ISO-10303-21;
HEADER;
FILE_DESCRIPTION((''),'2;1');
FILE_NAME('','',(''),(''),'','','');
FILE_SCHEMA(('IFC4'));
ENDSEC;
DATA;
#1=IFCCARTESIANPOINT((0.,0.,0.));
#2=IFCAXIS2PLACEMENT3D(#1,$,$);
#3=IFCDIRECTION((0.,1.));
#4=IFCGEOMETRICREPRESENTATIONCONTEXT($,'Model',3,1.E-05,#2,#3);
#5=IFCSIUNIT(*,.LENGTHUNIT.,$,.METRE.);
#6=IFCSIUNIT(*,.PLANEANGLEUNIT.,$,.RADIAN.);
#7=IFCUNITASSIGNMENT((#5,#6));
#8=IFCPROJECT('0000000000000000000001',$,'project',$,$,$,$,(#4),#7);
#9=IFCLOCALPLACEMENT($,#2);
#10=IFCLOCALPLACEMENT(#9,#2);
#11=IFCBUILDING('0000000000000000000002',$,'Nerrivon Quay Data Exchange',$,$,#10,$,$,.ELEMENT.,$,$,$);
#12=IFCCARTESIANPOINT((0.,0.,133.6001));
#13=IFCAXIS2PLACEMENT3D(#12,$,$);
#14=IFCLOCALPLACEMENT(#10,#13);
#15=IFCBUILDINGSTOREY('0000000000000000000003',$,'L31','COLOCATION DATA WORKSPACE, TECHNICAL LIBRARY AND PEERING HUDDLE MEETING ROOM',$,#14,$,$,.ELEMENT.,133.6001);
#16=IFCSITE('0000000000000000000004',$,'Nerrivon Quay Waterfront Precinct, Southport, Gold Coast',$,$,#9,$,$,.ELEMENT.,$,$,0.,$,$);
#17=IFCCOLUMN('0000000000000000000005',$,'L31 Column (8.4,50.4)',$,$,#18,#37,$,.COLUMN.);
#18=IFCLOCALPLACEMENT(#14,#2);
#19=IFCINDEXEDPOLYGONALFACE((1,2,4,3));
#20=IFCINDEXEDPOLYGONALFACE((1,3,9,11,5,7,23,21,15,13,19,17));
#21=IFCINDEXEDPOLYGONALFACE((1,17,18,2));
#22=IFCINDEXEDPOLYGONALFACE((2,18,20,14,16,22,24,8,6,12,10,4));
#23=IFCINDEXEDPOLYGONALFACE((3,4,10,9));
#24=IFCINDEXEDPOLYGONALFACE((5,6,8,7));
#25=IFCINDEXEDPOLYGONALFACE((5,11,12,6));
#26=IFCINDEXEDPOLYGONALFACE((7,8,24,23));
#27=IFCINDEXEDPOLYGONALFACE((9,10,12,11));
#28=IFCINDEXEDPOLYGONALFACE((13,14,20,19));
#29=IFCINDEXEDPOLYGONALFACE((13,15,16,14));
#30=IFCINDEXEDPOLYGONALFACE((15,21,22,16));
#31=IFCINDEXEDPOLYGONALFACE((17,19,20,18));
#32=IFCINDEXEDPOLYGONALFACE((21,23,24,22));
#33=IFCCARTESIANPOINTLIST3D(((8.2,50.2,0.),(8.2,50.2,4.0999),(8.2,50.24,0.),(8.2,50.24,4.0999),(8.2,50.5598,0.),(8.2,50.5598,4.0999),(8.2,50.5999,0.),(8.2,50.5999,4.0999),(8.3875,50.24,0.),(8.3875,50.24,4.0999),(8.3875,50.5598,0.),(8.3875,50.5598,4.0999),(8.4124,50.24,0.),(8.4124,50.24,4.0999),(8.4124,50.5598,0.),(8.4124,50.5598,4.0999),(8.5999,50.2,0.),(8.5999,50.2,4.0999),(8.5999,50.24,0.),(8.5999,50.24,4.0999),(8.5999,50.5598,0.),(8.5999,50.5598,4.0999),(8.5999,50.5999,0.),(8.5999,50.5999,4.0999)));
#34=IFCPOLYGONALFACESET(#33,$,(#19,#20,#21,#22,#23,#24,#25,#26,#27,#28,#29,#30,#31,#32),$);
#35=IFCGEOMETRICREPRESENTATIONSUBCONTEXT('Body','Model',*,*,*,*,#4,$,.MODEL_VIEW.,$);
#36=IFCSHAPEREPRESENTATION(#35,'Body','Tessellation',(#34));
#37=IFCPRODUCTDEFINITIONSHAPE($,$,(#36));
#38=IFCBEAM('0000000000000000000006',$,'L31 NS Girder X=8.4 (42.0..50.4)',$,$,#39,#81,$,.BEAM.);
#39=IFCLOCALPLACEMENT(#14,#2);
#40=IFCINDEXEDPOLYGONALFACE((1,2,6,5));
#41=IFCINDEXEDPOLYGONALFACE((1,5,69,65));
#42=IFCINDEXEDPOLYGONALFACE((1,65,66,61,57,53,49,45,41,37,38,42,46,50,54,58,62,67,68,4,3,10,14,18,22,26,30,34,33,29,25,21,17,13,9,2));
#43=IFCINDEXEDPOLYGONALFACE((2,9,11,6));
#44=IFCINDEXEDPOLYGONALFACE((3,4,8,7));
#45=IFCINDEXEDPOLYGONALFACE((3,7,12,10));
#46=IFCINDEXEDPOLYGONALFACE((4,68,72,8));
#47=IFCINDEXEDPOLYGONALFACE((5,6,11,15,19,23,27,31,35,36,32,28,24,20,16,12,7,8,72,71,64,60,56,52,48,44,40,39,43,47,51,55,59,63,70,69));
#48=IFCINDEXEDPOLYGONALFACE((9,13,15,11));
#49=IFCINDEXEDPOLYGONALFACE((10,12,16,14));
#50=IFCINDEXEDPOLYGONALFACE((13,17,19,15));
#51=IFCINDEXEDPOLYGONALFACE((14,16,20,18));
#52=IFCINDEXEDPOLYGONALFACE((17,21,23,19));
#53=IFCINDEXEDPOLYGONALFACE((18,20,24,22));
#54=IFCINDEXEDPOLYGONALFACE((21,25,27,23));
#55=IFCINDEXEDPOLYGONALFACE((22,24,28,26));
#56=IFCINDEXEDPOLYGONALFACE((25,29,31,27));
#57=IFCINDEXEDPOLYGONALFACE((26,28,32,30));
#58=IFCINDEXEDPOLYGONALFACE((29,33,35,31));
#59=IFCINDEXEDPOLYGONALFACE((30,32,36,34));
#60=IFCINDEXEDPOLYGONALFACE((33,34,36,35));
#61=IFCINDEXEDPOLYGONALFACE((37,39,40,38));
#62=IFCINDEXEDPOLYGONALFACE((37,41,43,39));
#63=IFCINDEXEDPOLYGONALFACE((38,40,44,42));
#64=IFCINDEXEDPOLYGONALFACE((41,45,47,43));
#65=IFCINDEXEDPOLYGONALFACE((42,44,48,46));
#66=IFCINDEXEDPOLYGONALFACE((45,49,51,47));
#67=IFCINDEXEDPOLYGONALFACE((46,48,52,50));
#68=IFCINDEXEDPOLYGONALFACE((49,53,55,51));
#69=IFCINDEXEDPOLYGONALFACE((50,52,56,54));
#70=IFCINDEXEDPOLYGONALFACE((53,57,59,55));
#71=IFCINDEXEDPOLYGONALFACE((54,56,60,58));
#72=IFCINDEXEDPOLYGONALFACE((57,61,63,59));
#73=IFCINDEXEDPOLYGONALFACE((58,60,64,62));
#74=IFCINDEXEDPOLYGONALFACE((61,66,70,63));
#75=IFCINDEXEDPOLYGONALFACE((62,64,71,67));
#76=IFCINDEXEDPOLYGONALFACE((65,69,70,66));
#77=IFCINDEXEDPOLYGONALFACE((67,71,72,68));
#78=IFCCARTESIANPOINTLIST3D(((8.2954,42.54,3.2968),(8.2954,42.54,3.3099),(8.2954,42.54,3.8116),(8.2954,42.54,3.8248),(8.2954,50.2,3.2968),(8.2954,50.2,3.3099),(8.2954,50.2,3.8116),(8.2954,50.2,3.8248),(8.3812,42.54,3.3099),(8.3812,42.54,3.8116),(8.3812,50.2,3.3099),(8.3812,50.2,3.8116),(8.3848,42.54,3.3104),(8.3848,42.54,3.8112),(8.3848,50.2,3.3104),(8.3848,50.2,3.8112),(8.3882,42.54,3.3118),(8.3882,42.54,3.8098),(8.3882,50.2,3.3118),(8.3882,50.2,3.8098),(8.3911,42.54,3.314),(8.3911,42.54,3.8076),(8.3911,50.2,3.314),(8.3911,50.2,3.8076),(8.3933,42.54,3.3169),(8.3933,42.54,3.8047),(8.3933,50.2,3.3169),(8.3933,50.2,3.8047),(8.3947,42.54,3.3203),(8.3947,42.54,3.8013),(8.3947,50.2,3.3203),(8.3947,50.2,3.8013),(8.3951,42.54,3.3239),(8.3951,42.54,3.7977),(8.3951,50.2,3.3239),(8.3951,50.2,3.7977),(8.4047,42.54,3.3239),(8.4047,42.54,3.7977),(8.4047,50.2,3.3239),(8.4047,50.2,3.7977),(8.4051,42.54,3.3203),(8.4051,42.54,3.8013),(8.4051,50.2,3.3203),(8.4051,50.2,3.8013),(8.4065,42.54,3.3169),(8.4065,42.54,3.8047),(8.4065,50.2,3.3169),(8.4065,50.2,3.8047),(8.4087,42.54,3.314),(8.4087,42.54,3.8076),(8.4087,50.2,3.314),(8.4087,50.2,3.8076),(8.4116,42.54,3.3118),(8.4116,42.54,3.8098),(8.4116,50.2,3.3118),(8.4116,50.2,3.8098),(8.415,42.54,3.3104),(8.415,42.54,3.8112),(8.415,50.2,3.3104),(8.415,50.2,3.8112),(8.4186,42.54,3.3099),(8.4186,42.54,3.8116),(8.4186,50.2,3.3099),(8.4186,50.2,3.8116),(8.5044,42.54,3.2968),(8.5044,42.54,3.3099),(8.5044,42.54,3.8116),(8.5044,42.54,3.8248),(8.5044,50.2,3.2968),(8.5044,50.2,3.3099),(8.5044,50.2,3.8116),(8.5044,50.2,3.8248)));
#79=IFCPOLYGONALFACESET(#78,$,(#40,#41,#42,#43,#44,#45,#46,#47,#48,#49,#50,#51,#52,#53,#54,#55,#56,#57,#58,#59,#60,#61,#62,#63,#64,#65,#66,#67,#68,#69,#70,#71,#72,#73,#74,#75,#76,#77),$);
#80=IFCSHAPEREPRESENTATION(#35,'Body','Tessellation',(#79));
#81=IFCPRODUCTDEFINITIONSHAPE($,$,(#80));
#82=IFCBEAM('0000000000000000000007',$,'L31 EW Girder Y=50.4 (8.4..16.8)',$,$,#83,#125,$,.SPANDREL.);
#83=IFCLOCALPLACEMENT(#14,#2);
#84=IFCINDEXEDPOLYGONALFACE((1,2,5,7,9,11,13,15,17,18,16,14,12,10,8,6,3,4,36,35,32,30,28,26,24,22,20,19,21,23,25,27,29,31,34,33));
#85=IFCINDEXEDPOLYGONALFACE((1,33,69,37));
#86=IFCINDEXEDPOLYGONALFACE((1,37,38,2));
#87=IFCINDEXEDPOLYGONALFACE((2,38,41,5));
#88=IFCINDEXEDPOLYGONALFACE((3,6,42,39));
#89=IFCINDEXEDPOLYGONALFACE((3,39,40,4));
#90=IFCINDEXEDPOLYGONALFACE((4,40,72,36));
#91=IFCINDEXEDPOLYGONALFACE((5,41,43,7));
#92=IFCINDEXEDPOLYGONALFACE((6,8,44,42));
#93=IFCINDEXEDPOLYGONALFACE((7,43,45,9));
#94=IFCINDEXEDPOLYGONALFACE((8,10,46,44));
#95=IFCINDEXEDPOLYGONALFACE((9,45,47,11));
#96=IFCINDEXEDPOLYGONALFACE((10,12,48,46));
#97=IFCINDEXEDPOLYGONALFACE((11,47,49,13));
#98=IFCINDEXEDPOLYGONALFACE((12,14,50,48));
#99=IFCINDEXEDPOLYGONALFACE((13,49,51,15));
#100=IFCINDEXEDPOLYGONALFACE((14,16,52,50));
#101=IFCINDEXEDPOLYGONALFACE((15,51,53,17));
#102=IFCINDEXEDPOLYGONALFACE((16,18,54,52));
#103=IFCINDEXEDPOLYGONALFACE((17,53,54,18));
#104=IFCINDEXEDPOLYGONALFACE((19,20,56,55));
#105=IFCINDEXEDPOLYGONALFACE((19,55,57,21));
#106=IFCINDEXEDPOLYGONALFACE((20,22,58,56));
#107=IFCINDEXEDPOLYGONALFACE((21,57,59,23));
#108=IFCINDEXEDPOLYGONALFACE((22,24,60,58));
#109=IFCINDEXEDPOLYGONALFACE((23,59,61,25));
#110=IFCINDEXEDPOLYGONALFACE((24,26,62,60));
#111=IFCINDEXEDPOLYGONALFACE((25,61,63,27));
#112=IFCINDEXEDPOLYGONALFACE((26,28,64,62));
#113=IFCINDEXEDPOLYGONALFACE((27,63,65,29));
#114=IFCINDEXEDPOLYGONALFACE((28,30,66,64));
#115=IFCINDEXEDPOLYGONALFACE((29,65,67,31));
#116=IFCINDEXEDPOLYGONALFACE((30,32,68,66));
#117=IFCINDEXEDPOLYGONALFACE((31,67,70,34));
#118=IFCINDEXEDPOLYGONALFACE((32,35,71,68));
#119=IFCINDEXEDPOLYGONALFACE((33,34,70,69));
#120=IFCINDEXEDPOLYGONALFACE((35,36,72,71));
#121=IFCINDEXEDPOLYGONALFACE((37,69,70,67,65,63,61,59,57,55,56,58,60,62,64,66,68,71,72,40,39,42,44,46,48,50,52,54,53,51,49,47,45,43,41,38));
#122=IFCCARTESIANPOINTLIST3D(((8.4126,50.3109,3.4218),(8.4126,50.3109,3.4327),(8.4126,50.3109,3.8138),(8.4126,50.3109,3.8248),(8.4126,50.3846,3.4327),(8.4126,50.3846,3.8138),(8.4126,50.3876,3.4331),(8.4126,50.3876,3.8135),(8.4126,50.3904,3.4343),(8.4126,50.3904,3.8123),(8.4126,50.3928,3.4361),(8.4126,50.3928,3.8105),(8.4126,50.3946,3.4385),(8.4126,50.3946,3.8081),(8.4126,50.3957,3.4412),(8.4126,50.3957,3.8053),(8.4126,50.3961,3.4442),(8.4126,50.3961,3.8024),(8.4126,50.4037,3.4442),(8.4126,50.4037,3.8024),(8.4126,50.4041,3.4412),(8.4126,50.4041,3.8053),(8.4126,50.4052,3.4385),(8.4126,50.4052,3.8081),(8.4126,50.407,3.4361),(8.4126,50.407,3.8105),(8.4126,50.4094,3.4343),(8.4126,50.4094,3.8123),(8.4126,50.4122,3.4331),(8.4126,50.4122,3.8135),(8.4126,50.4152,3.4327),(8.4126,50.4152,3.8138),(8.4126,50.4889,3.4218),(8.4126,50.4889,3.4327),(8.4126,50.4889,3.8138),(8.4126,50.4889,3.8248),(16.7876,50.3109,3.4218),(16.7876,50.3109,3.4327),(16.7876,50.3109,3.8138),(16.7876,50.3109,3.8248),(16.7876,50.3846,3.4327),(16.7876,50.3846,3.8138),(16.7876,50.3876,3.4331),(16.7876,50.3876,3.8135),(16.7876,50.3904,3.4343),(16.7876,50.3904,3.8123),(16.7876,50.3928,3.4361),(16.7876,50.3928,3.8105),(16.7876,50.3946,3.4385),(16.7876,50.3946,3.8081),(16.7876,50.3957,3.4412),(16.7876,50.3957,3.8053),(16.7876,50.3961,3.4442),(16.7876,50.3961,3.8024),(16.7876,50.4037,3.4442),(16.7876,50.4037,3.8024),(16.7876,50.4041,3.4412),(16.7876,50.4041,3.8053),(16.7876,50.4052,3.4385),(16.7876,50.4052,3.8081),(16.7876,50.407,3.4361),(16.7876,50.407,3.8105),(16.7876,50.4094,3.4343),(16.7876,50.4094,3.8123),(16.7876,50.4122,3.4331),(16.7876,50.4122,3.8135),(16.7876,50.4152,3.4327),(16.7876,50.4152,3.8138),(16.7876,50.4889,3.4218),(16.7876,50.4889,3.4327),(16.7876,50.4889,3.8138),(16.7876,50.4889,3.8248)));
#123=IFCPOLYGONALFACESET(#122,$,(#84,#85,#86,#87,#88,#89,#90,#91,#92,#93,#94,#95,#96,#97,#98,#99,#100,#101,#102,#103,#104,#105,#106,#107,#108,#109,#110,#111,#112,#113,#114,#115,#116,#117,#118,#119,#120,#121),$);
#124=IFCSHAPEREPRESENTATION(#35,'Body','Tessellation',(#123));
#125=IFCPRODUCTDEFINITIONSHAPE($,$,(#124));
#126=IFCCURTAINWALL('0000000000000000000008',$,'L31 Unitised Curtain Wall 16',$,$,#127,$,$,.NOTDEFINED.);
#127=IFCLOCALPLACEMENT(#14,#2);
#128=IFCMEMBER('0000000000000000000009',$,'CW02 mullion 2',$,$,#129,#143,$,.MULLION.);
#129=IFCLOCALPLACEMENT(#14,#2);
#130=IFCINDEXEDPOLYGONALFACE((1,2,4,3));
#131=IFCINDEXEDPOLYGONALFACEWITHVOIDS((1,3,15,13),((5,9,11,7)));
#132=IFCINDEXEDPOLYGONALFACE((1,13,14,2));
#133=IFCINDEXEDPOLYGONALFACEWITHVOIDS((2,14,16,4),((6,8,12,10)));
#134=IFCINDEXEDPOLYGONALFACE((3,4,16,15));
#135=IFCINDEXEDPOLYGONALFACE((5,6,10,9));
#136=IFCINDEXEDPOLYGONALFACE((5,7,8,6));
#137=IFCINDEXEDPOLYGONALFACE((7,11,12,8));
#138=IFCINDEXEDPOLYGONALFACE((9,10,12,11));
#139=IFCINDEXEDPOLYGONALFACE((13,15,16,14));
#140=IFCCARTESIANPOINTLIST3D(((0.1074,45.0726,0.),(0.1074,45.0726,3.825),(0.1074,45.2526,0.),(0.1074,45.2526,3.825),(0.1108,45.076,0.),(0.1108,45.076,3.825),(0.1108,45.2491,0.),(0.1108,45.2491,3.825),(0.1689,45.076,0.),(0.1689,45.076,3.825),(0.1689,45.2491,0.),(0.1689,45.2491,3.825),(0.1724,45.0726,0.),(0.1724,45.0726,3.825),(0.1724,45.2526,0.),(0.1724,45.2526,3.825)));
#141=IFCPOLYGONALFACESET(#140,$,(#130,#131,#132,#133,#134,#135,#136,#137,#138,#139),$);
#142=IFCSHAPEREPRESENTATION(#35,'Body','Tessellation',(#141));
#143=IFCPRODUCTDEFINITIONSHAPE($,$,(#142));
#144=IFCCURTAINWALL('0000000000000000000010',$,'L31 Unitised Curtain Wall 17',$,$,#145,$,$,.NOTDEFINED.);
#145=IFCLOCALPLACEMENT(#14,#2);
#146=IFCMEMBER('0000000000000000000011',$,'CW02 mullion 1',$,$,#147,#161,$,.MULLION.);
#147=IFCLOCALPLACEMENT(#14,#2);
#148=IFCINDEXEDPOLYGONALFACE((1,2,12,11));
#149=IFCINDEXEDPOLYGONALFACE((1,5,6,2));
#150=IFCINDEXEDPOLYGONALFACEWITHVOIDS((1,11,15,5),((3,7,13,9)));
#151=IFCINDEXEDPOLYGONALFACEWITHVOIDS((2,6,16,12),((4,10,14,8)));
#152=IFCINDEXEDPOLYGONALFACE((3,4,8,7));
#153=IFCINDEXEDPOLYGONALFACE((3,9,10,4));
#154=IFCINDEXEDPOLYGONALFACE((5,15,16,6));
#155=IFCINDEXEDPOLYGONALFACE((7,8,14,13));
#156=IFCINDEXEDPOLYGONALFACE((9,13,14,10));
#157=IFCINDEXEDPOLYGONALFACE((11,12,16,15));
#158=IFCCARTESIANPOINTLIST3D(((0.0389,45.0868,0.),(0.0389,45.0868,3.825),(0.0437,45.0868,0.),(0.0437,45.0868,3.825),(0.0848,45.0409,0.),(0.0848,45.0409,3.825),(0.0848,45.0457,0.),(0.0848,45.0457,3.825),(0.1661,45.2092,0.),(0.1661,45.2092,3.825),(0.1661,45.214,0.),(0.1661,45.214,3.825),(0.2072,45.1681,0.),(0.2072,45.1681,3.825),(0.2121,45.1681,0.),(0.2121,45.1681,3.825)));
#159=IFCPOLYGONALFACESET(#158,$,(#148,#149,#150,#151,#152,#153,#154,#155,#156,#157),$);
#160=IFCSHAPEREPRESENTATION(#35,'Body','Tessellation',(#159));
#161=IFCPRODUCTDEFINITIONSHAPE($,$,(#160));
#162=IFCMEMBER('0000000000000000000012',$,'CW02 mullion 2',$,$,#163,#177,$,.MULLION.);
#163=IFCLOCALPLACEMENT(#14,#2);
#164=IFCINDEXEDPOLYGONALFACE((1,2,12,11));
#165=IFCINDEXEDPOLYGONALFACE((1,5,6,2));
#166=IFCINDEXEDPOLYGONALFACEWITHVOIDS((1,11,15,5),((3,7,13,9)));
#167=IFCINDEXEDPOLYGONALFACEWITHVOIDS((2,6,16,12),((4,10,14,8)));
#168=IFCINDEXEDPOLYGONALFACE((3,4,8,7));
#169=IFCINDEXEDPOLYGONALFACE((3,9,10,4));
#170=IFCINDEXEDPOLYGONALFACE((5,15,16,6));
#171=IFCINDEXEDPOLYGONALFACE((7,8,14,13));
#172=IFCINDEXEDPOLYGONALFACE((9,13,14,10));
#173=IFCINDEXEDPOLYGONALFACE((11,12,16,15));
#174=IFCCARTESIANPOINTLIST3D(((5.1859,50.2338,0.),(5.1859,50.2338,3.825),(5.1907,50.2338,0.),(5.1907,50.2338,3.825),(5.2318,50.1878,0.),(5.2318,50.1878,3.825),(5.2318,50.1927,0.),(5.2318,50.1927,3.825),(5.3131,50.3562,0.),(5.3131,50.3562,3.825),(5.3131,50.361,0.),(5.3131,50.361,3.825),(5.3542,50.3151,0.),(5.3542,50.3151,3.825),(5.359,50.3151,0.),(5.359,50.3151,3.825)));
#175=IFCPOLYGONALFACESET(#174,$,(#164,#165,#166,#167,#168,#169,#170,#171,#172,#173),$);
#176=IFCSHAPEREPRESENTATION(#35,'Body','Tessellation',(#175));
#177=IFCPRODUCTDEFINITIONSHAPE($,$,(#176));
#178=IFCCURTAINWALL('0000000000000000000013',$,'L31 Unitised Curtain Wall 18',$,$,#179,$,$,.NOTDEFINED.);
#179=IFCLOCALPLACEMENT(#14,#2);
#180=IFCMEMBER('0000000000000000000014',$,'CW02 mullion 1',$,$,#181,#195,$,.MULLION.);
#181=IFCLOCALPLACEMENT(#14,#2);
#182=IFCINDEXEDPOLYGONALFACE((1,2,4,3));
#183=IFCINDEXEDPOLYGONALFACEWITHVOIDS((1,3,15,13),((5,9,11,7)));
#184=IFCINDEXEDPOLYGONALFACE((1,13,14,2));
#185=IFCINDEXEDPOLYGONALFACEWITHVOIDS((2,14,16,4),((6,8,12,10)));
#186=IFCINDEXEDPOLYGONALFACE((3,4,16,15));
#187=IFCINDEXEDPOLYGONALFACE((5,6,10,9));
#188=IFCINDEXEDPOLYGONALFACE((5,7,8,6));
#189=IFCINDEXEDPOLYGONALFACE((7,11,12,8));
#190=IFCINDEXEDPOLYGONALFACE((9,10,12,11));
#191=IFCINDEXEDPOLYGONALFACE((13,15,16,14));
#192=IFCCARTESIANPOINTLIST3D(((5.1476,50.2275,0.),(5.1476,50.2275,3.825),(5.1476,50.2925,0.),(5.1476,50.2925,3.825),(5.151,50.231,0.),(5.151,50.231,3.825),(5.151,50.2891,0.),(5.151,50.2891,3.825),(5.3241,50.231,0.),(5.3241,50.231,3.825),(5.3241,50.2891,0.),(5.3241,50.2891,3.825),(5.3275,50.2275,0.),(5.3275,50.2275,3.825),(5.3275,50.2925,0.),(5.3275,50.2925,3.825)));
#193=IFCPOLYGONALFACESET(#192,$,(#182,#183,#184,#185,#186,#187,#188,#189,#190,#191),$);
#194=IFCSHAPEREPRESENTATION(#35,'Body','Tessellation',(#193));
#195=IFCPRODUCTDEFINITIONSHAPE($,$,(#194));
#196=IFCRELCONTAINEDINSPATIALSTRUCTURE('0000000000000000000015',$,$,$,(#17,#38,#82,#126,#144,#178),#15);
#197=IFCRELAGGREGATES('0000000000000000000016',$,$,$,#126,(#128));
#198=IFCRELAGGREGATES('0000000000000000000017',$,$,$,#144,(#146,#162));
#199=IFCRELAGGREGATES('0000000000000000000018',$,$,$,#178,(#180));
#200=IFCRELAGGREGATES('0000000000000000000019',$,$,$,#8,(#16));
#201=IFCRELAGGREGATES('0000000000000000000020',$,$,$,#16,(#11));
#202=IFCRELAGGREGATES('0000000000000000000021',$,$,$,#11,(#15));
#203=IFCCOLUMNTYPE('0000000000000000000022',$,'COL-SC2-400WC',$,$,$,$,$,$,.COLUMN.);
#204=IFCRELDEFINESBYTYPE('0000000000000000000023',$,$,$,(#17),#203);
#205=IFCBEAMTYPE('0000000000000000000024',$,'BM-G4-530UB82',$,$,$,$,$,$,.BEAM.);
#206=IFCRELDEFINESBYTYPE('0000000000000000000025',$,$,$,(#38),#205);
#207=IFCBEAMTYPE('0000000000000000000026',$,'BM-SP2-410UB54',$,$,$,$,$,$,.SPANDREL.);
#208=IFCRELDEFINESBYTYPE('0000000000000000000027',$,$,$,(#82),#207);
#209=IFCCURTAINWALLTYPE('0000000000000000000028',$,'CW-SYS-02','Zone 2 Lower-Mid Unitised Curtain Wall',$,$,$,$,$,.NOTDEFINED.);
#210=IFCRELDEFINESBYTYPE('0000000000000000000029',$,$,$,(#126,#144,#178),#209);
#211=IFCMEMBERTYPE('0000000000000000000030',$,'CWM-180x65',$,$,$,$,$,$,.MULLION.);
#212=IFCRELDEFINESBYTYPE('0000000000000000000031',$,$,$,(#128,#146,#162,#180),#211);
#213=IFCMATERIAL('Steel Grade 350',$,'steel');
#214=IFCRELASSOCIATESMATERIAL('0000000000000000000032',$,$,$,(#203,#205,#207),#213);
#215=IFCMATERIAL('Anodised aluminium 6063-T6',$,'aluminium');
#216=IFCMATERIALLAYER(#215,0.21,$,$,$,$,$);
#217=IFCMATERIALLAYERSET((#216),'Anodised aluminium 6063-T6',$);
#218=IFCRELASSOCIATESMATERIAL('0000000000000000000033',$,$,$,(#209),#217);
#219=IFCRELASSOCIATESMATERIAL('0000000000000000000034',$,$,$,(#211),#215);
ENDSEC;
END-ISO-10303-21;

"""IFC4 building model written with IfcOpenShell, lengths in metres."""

from ifc_helpers import new_model, si_unit, direction, frame, origin, origin_2d, place, context, subcontext, project, spatial, hollow_rectangle, i_section, extrude, material, layer, layer_set, material_profile, profile_set, type_object, element, aggregate, save


model = new_model("IFC4")

# Units and contexts
model_context = context("Model", 3, precision=1e-05, world=origin(), true_north=direction((0.0, 1.0)))
body_context = subcontext(model_context, "Body", "Model", "MODEL_VIEW")
ifc_project = project(units=[si_unit("LENGTHUNIT", "METRE"), si_unit("PLANEANGLEUNIT", "RADIAN")], contexts=[model_context])

# Site, building, storey
site_placement = place(None, origin())
site = spatial("IfcSite", under=ifc_project, at=site_placement, Name="Nerrivon Quay Waterfront Precinct, Southport, Gold Coast", CompositionType="ELEMENT", RefElevation=0.0)
building_placement = place(site_placement, origin())
building = spatial("IfcBuilding", under=site, at=building_placement, Name="Nerrivon Quay Data Exchange", CompositionType="ELEMENT")
storey_placement = place(building_placement, frame((0.0, 0.0, 133.6001)))
storey = spatial("IfcBuildingStorey", under=building, at=storey_placement, Name="L31", Description="COLOCATION DATA WORKSPACE, TECHNICAL LIBRARY AND PEERING HUDDLE MEETING ROOM", CompositionType="ELEMENT", Elevation=133.6001)

# Column
ifc_material_1 = material(Name="Steel Grade 350", Category="steel")
ifc_material_profile_1 = material_profile(ifc_material_1, i_section(OverallWidth=0.3999, OverallDepth=0.3999, WebThickness=0.0249, FlangeThickness=0.04, at=origin_2d()), Name="400WC328")
ifc_profile_set_1 = profile_set([ifc_material_profile_1], Name="Steel Grade 350")
column_type = type_object("IfcColumnType", Name="COL-SC2-400WC", PredefinedType="COLUMN", material=ifc_profile_set_1)
column_placement = place(storey_placement, frame((8.3999, 50.3999, 0.0), z_axis=(0.0, 0.0, 1.0), x_axis=(1.0, 0.0, 0.0)))
element("IfcColumn", 1, at=column_placement, inside=storey, type_object=column_type, Name="L31 Column (8.4,50.4)", PredefinedType="COLUMN", context=body_context, shape_type="SweptSolid", body=[
    extrude(i_section(OverallWidth=0.3999, OverallDepth=0.3999, WebThickness=0.0249, FlangeThickness=0.04, at=origin_2d()), origin(), (0.0, 0.0, 1.0), 4.0999),
])

# Beams
ifc_material_profile_2 = material_profile(ifc_material_1, i_section(OverallWidth=0.209, OverallDepth=0.5281, WebThickness=0.0095, FlangeThickness=0.0132, FilletRadius=0.0139, at=origin_2d()), Name="530UB82.0")
ifc_profile_set_2 = profile_set([ifc_material_profile_2], Name="Steel Grade 350")
beam_type_1 = type_object("IfcBeamType", Name="BM-G4-530UB82", PredefinedType="BEAM", material=ifc_profile_set_2)
beam_1_placement = place(storey_placement, frame((8.3999, 42.54, 3.5608), z_axis=(0.0, 1.0, 0.0), x_axis=(-1.0, 0.0, 0.0)))
element("IfcBeam", 2, at=beam_1_placement, inside=storey, type_object=beam_type_1, Name="L31 NS Girder X=8.4 (42.0..50.4)", PredefinedType="BEAM", context=body_context, shape_type="SweptSolid", body=[
    extrude(i_section(OverallWidth=0.209, OverallDepth=0.5281, WebThickness=0.0095, FlangeThickness=0.0132, FilletRadius=0.0139, at=origin_2d()), origin(), (0.0, 0.0, 1.0), 7.6599),
])
ifc_material_profile_3 = material_profile(ifc_material_1, i_section(OverallWidth=0.178, OverallDepth=0.4031, WebThickness=0.0076, FlangeThickness=0.011, FilletRadius=0.0115, at=origin_2d()), Name="410UB53.7")
ifc_profile_set_3 = profile_set([ifc_material_profile_3], Name="Steel Grade 350")
beam_type_2 = type_object("IfcBeamType", Name="BM-SP2-410UB54", PredefinedType="SPANDREL", material=ifc_profile_set_3)
beam_2_placement = place(storey_placement, frame((8.4126, 50.3999, 3.6233), z_axis=(1.0, 0.0, 0.0), x_axis=(0.0, 1.0, 0.0)))
element("IfcBeam", 3, at=beam_2_placement, inside=storey, type_object=beam_type_2, Name="L31 EW Girder Y=50.4 (8.4..16.8)", PredefinedType="SPANDREL", context=body_context, shape_type="SweptSolid", body=[
    extrude(i_section(OverallWidth=0.178, OverallDepth=0.4031, WebThickness=0.0076, FlangeThickness=0.011, FilletRadius=0.0115, at=origin_2d()), origin(), (0.0, 0.0, 1.0), 8.375),
])

# Curtain wall, member
ifc_material_2 = material(Name="Anodised aluminium 6063-T6", Category="aluminium")
ifc_layer_1 = layer(ifc_material_2, 0.21)
ifc_layer_set_1 = layer_set([ifc_layer_1], Name="Anodised aluminium 6063-T6")
curtain_wall_type = type_object("IfcCurtainWallType", Name="CW-SYS-02", Description="Zone 2 Lower-Mid Unitised Curtain Wall", PredefinedType="NOTDEFINED", material=ifc_layer_set_1)
curtain_wall_1_placement = place(storey_placement, origin())
curtain_wall_1 = element("IfcCurtainWall", 4, at=curtain_wall_1_placement, inside=storey, type_object=curtain_wall_type, Name="L31 Unitised Curtain Wall 16", PredefinedType="NOTDEFINED")
ifc_material_profile_4 = material_profile(ifc_material_2, hollow_rectangle(XDim=0.0649, YDim=0.1799, WallThickness=0.0034, at=origin_2d()), Name="ALU-MULL-180x65")
ifc_profile_set_4 = profile_set([ifc_material_profile_4], Name="Anodised aluminium 6063-T6")
member_type_1 = type_object("IfcMemberType", Name="CWM-180x65", PredefinedType="MULLION", material=ifc_profile_set_4)
member_1_placement = place(storey_placement, frame((0.1399, 45.1626, 0.0), z_axis=(0.0, 0.0, 1.0), x_axis=(-1.0, 0.0, 0.0)))
member_1 = element("IfcMember", 5, at=member_1_placement, type_object=member_type_1, Name="CW02 mullion 2", PredefinedType="MULLION", context=body_context, shape_type="SweptSolid", body=[
    extrude(hollow_rectangle(XDim=0.0649, YDim=0.1799, WallThickness=0.0034, at=origin_2d()), origin(), (0.0, 0.0, 1.0), 3.825),
])

# Curtain walls, members
curtain_wall_2_placement = place(storey_placement, origin())
curtain_wall_2 = element("IfcCurtainWall", 6, at=curtain_wall_2_placement, inside=storey, type_object=curtain_wall_type, Name="L31 Unitised Curtain Wall 17", PredefinedType="NOTDEFINED")
member_2_placement = place(storey_placement, frame((0.1255, 45.1274, 0.0), z_axis=(0.0, 0.0, 1.0), x_axis=(-0.707107, 0.707107, 0.0)))
member_2 = element("IfcMember", 7, at=member_2_placement, type_object=member_type_1, Name="CW02 mullion 1", PredefinedType="MULLION", context=body_context, shape_type="SweptSolid", body=[
    extrude(hollow_rectangle(XDim=0.0649, YDim=0.1799, WallThickness=0.0034, at=origin_2d()), origin(), (0.0, 0.0, 1.0), 3.825),
])
member_3_placement = place(storey_placement, frame((5.2725, 50.2744, 0.0), z_axis=(0.0, 0.0, 1.0), x_axis=(-0.707107, 0.707107, 0.0)))
member_3 = element("IfcMember", 8, at=member_3_placement, type_object=member_type_1, Name="CW02 mullion 2", PredefinedType="MULLION", context=body_context, shape_type="SweptSolid", body=[
    extrude(hollow_rectangle(XDim=0.0649, YDim=0.1799, WallThickness=0.0034, at=origin_2d()), origin(), (0.0, 0.0, 1.0), 3.825),
])
curtain_wall_3_placement = place(storey_placement, origin())
curtain_wall_3 = element("IfcCurtainWall", 9, at=curtain_wall_3_placement, inside=storey, type_object=curtain_wall_type, Name="L31 Unitised Curtain Wall 18", PredefinedType="NOTDEFINED")
member_4_placement = place(storey_placement, frame((5.2375, 50.26, 0.0), z_axis=(0.0, 0.0, 1.0), x_axis=(0.0, 1.0, 0.0)))
member_4 = element("IfcMember", 10, at=member_4_placement, type_object=member_type_1, Name="CW02 mullion 1", PredefinedType="MULLION", context=body_context, shape_type="SweptSolid", body=[
    extrude(hollow_rectangle(XDim=0.0649, YDim=0.1799, WallThickness=0.0034, at=origin_2d()), origin(), (0.0, 0.0, 1.0), 3.825),
])

aggregate(curtain_wall_1, [member_1])
aggregate(curtain_wall_2, [member_2, member_3])
aggregate(curtain_wall_3, [member_4])

save(model, "model.ifc")
